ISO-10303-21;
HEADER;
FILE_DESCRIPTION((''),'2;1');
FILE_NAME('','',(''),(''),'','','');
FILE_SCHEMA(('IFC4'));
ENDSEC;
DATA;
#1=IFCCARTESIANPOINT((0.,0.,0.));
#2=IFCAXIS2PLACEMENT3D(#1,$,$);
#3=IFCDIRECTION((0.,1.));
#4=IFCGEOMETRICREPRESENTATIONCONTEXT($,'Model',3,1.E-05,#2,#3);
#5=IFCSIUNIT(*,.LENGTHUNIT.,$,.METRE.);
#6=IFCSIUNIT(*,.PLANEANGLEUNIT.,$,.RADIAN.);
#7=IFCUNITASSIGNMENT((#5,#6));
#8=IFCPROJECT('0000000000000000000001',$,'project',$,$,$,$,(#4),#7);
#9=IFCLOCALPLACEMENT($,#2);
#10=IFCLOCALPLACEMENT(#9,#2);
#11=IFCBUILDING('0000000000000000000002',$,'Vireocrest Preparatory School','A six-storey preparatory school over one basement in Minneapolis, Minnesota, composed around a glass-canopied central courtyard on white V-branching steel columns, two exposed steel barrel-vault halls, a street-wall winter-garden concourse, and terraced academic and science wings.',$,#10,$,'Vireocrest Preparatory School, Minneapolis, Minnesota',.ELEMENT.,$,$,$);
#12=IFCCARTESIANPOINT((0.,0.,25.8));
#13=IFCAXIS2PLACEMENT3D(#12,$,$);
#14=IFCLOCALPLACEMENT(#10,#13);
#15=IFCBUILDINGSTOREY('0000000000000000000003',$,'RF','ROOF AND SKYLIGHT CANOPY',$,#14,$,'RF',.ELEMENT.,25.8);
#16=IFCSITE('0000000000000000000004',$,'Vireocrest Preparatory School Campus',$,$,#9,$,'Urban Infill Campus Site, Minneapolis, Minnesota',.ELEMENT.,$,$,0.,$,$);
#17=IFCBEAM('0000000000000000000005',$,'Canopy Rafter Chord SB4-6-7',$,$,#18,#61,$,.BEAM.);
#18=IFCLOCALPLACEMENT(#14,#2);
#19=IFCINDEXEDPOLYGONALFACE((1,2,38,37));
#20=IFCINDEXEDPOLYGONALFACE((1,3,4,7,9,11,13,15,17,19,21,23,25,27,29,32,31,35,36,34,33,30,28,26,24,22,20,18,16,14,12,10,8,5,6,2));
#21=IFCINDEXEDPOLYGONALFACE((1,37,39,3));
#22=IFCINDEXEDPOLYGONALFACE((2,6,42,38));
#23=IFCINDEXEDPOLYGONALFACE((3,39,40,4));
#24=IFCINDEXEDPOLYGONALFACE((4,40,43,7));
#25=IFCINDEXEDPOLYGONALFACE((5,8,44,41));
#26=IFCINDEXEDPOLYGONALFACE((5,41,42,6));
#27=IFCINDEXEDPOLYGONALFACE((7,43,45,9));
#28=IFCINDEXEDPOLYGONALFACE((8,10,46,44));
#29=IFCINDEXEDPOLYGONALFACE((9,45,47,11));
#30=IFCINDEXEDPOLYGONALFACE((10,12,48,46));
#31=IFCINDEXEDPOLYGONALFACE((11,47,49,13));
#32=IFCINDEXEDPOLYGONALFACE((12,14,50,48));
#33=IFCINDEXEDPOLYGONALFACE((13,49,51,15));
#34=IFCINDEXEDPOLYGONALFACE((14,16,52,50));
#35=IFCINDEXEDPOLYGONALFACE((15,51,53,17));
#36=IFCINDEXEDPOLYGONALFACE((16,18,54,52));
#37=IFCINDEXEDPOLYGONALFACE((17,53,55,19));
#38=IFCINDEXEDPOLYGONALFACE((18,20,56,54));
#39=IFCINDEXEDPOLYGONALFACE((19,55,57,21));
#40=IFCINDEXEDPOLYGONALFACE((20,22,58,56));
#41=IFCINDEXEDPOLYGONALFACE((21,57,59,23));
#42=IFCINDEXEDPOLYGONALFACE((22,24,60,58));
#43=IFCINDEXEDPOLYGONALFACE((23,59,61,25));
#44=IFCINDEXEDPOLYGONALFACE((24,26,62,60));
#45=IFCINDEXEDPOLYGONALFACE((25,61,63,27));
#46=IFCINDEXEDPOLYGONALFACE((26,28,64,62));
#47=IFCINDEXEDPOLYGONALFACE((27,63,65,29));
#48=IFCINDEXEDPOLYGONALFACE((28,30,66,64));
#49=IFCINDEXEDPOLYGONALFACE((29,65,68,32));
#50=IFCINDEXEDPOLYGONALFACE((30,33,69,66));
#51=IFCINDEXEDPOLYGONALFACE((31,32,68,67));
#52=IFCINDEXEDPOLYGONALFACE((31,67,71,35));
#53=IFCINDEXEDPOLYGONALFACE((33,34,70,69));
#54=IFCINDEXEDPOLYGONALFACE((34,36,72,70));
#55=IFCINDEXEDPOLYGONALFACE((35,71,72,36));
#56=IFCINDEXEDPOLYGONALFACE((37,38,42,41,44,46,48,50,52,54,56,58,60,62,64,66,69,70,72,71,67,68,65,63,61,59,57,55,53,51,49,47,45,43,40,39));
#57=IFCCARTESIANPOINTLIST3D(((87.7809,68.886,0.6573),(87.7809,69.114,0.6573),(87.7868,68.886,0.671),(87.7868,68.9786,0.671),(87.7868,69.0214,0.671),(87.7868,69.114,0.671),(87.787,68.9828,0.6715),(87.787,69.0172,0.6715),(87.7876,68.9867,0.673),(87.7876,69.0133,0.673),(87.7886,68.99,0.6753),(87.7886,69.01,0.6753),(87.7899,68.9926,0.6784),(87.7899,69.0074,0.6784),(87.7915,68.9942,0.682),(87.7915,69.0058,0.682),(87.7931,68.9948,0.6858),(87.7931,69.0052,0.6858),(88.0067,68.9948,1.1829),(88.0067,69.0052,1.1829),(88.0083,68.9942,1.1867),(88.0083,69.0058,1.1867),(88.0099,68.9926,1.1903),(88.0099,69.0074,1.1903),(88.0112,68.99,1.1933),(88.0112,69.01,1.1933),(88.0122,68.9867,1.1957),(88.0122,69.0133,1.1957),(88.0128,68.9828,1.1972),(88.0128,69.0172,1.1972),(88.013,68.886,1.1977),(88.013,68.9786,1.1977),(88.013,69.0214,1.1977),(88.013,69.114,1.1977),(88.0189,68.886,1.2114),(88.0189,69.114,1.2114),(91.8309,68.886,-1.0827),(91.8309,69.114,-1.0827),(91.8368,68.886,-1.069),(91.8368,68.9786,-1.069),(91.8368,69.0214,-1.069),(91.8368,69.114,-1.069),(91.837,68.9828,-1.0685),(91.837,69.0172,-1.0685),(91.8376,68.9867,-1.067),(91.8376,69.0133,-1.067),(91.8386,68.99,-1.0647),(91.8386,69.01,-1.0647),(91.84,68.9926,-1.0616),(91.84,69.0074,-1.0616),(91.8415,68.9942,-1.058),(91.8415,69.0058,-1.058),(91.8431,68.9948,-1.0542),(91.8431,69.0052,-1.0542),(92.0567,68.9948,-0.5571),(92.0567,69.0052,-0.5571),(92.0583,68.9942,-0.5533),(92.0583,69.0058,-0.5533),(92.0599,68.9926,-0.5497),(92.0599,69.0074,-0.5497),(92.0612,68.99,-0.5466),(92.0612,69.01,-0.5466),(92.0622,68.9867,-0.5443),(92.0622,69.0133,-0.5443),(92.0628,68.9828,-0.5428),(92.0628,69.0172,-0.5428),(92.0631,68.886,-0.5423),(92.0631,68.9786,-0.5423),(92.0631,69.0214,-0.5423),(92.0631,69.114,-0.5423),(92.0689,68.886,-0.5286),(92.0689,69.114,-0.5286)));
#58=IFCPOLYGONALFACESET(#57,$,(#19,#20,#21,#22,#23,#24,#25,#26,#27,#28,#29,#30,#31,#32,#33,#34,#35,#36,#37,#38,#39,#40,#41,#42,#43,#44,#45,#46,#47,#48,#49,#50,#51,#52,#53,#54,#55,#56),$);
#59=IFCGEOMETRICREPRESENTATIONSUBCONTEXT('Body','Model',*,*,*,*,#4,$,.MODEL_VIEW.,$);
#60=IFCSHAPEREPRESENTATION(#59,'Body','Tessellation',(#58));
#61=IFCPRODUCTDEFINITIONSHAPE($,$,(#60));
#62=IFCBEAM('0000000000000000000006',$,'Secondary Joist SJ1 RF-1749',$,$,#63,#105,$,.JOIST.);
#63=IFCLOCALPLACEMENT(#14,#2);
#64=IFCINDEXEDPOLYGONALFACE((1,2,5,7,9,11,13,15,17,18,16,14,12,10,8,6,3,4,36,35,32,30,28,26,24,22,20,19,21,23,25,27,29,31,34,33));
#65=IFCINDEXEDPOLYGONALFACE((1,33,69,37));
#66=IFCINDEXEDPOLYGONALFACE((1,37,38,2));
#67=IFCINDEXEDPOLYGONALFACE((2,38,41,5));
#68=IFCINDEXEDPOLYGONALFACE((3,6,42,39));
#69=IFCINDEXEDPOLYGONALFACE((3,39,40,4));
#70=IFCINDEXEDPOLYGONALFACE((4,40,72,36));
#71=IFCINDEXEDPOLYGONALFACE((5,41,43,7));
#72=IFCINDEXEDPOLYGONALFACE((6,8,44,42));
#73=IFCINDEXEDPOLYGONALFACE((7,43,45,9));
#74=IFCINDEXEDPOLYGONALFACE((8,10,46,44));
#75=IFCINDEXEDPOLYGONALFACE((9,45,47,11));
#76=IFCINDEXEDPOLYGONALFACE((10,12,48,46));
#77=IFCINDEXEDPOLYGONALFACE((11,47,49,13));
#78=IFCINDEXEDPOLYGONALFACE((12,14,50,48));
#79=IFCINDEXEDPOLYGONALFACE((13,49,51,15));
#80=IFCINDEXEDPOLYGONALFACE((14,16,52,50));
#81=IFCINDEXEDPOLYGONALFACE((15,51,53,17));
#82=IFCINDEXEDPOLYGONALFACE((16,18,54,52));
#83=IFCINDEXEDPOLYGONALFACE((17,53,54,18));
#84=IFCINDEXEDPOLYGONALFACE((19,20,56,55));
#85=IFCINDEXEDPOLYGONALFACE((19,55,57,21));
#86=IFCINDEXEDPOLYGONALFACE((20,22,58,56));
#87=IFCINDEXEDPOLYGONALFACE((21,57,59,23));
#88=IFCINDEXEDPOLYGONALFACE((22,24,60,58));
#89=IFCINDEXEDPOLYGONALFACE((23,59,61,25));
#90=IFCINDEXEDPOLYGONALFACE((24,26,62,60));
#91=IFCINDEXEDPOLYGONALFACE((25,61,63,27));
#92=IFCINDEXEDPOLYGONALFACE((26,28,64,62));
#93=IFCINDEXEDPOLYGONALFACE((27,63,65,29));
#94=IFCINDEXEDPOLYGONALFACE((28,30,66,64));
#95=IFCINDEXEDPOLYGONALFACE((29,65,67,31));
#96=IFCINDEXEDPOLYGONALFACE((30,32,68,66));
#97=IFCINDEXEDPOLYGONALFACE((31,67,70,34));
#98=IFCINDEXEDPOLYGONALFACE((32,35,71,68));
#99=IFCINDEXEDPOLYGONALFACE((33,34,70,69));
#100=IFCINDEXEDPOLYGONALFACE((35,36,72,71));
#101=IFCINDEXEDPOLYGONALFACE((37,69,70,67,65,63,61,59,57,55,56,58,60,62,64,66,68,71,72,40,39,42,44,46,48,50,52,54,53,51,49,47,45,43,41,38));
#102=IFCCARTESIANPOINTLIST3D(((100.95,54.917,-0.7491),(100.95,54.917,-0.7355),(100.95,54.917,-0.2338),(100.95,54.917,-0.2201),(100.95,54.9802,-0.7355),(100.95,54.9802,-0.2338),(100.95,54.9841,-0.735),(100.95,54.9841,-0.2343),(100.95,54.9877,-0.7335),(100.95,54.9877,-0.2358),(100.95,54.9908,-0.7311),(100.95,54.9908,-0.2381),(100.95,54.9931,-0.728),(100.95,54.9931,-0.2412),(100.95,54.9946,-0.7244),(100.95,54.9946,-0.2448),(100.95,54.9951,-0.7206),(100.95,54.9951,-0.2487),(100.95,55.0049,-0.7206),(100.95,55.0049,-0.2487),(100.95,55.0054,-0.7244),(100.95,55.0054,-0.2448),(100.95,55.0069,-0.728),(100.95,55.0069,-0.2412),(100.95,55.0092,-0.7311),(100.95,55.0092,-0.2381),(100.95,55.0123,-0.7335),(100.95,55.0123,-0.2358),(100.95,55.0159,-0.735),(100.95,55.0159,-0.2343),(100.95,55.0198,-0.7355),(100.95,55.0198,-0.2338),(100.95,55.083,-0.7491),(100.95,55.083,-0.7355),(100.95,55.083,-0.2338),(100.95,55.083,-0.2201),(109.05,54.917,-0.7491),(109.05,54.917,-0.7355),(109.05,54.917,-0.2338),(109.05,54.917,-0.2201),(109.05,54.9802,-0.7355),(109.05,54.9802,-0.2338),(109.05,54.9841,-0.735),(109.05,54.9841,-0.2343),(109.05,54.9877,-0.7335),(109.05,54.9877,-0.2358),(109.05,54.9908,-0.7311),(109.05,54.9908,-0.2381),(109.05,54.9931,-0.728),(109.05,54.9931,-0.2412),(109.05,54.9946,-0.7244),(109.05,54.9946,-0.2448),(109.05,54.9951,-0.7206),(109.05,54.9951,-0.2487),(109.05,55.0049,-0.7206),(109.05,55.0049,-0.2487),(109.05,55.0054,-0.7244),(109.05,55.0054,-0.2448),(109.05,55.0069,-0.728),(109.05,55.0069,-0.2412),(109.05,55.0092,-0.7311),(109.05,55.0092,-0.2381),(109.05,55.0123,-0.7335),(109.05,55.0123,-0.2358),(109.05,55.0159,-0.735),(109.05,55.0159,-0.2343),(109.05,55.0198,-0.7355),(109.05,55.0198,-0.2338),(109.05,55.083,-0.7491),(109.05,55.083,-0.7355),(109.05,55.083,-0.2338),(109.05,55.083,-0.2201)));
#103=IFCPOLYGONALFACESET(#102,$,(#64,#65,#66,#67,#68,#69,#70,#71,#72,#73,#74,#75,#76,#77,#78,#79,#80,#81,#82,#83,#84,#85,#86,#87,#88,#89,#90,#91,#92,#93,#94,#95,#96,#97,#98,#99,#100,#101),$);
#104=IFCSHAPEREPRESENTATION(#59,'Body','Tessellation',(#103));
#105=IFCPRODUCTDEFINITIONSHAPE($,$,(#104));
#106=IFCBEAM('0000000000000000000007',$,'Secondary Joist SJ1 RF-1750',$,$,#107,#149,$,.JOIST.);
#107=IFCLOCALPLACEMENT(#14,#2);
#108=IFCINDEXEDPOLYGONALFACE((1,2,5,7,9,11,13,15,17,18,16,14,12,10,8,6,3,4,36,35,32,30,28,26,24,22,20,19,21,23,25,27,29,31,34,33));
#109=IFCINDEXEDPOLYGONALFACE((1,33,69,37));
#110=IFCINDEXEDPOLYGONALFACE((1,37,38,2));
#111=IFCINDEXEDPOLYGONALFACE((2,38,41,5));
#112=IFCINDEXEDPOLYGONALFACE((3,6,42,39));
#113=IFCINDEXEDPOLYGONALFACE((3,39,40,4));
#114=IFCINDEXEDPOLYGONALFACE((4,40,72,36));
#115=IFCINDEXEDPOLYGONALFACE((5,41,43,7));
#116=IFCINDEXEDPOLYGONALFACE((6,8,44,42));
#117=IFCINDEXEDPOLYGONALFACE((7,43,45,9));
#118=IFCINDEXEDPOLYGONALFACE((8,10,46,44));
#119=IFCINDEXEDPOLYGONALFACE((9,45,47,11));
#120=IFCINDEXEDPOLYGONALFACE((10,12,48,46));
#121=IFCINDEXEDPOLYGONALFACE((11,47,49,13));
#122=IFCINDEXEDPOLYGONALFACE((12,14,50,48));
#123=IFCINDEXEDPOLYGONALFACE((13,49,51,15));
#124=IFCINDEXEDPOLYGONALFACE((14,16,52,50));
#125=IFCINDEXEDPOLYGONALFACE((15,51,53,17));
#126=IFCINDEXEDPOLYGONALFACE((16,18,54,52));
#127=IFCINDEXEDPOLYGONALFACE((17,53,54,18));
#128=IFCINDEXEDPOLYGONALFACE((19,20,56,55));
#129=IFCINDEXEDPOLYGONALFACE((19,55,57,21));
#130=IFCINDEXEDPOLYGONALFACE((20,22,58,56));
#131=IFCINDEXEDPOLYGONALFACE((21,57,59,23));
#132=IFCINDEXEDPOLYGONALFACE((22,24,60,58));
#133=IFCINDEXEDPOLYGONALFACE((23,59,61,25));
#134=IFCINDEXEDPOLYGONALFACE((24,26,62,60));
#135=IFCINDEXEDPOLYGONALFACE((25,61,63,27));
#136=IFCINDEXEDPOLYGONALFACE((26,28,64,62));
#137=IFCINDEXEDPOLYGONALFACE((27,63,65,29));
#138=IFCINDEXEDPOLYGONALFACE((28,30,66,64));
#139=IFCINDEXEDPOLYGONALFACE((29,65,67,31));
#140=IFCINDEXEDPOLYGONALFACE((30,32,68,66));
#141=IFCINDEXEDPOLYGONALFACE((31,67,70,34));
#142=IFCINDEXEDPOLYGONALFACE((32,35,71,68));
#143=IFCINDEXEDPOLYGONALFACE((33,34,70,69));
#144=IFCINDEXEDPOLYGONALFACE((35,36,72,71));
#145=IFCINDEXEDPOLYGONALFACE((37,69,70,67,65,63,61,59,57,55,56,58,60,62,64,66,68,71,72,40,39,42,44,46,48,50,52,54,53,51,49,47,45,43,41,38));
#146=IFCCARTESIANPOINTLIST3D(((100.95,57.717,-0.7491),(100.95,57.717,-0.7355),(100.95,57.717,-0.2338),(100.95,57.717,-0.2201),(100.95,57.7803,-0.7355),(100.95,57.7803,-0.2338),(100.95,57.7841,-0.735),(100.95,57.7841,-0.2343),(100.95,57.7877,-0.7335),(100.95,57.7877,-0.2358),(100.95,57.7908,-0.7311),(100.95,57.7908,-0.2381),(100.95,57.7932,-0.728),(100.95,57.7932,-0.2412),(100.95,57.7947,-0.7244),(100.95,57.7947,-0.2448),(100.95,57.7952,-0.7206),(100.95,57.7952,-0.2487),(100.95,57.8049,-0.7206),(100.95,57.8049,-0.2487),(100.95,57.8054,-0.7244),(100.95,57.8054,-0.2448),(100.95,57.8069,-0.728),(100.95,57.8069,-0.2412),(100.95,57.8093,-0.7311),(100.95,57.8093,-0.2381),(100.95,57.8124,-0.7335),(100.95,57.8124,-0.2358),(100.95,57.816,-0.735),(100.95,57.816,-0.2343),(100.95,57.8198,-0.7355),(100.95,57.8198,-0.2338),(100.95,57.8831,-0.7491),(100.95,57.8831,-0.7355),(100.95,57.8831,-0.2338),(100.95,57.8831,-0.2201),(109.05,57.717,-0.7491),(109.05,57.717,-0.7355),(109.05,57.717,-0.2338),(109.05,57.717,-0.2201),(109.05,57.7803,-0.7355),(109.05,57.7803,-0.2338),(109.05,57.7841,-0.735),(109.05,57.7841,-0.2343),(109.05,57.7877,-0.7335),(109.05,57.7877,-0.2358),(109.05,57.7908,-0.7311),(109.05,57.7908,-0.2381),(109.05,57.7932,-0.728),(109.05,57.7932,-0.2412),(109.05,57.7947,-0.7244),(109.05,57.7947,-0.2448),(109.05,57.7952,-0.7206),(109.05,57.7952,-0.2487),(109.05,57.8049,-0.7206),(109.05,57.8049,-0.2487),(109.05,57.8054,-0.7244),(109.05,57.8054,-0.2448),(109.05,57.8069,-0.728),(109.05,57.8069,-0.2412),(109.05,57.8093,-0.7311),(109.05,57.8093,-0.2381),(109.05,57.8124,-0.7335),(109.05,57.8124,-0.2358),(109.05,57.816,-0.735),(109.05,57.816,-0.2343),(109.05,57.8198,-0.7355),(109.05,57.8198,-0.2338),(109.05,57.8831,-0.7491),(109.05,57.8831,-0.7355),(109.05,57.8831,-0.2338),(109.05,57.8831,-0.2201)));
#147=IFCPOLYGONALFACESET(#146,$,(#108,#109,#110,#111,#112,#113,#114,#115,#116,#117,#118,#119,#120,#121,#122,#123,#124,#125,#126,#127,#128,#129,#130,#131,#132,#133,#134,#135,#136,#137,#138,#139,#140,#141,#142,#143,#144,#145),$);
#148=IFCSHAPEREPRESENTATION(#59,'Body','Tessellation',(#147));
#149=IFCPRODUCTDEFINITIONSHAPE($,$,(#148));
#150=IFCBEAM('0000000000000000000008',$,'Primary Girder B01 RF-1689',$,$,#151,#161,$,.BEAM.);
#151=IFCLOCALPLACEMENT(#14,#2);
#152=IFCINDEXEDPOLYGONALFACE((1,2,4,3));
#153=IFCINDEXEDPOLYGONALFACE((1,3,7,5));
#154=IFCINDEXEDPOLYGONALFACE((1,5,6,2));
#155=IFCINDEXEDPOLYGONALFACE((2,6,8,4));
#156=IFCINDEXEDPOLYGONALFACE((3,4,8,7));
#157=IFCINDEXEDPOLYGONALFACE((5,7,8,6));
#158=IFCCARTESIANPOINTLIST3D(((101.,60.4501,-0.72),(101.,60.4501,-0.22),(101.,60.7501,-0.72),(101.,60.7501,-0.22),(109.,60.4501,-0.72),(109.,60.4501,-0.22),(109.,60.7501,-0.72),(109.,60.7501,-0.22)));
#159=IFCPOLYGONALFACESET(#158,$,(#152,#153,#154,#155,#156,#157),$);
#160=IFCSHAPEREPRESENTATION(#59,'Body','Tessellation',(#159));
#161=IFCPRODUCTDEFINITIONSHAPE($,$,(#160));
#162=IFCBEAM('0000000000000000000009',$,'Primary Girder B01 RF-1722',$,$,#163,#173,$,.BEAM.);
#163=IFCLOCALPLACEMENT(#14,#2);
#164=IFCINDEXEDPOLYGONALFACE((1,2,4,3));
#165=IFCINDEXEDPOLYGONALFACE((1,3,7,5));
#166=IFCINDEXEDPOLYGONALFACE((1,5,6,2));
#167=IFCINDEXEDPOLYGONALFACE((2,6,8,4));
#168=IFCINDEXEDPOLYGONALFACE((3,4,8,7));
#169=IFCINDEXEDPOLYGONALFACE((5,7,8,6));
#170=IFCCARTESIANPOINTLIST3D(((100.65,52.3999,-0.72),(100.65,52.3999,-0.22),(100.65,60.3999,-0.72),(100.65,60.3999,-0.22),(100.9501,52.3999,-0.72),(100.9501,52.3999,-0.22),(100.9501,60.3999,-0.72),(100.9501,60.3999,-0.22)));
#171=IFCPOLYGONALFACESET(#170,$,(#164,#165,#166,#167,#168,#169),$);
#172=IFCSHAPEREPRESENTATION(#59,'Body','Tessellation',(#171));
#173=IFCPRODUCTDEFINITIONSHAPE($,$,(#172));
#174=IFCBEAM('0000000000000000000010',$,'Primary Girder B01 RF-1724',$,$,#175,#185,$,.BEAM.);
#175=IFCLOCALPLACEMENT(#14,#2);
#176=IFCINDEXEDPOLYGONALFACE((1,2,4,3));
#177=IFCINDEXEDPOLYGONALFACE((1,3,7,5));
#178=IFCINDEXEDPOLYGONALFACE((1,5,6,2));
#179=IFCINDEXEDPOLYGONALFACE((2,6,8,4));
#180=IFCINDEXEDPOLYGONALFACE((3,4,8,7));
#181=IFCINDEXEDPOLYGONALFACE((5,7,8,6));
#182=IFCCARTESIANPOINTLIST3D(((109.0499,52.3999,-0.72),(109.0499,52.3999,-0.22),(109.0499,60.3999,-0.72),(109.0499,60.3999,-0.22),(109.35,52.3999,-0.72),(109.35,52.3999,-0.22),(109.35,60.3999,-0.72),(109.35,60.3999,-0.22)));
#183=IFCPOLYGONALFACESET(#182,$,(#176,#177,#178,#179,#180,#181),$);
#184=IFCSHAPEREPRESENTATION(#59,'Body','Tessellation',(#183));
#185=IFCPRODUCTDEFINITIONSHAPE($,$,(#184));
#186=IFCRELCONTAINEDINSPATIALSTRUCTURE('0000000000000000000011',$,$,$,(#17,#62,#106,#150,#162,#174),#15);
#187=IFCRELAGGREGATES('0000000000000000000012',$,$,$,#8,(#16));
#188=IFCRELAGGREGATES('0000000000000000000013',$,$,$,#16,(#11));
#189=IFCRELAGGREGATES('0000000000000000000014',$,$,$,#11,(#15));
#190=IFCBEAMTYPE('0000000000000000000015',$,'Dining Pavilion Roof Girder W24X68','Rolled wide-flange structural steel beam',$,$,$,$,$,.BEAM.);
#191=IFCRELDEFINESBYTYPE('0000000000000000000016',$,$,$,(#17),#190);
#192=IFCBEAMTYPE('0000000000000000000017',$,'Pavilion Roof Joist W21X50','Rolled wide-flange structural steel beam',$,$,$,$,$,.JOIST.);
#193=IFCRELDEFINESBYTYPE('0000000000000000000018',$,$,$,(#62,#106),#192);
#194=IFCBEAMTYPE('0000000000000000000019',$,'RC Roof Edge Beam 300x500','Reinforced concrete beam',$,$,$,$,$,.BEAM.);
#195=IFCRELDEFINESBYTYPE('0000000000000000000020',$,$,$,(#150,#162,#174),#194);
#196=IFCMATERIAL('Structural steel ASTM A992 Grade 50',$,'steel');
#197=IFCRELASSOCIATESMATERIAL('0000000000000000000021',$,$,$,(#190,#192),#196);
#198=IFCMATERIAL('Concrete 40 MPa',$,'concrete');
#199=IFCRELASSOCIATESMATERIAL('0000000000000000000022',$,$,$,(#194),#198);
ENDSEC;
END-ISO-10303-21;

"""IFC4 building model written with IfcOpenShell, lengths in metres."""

from ifc_helpers import new_model, si_unit, direction, frame, origin, origin_2d, place, context, subcontext, project, spatial, rectangle, i_section, extrude, material, material_profile, profile_set, type_object, element, save


model = new_model("IFC4")

# Units and contexts
model_context = context("Model", 3, precision=1e-05, world=origin(), true_north=direction((0.0, 1.0)))
body_context = subcontext(model_context, "Body", "Model", "MODEL_VIEW")
ifc_project = project(units=[si_unit("LENGTHUNIT", "METRE"), si_unit("PLANEANGLEUNIT", "RADIAN")], contexts=[model_context])

# Site, building, storey
site_placement = place(None, origin())
site = spatial("IfcSite", under=ifc_project, at=site_placement, Name="Vireocrest Preparatory School Campus", LongName="Urban Infill Campus Site, Minneapolis, Minnesota", CompositionType="ELEMENT", RefElevation=0.0)
building_placement = place(site_placement, origin())
building = spatial("IfcBuilding", under=site, at=building_placement, Name="Vireocrest Preparatory School", Description="A six-storey preparatory school over one basement in Minneapolis, Minnesota, composed around a glass-canopied central courtyard on white V-branching steel columns, two exposed steel barrel-vault halls, a street-wall winter-garden concourse, and terraced academic and science wings.", LongName="Vireocrest Preparatory School, Minneapolis, Minnesota", CompositionType="ELEMENT")
storey_placement = place(building_placement, frame((0.0, 0.0, 25.8)))
storey = spatial("IfcBuildingStorey", under=building, at=storey_placement, Name="RF", Description="ROOF AND SKYLIGHT CANOPY", LongName="RF", CompositionType="ELEMENT", Elevation=25.8)

# Beams
ifc_material_1 = material(Name="Structural steel ASTM A992 Grade 50", Category="steel")
ifc_material_profile_1 = material_profile(ifc_material_1, i_section(OverallWidth=0.228, OverallDepth=0.603, WebThickness=0.0105, FlangeThickness=0.0149, FilletRadius=0.0161, at=origin_2d()), Name="W24X68")
ifc_profile_set_1 = profile_set([ifc_material_profile_1], Name="Structural steel ASTM A992 Grade 50")
beam_type_1 = type_object("IfcBeamType", Name="Dining Pavilion Roof Girder W24X68", Description="Rolled wide-flange structural steel beam", PredefinedType="BEAM", material=ifc_profile_set_1)
for number, where, z_axis, x_axis, name in (
    (1, (87.8999, 69.0, 0.9343), (0.918795, 0.0, -0.394735), (0.0, 1.0, 0.0), "Canopy Rafter Chord SB4-6-7"),
):
    element("IfcBeam", number, at=place(storey_placement, frame(where, z_axis=z_axis, x_axis=x_axis)), inside=storey, type_object=beam_type_1, Name=name, PredefinedType="BEAM", context=body_context, shape_type="SweptSolid", body=[
        extrude(i_section(OverallWidth=0.228, OverallDepth=0.603, WebThickness=0.0105, FlangeThickness=0.0149, FilletRadius=0.0161, at=origin_2d()), origin(), (0.0, 0.0, 1.0), 4.408),
    ])
ifc_material_profile_2 = material_profile(ifc_material_1, i_section(OverallWidth=0.166, OverallDepth=0.5291, WebThickness=0.0098, FlangeThickness=0.0137, FilletRadius=0.0149, at=origin_2d()), Name="W21X50")
ifc_profile_set_2 = profile_set([ifc_material_profile_2], Name="Structural steel ASTM A992 Grade 50")
beam_type_2 = type_object("IfcBeamType", Name="Pavilion Roof Joist W21X50", Description="Rolled wide-flange structural steel beam", PredefinedType="JOIST", material=ifc_profile_set_2)
for number, where, z_axis, x_axis, name in (
    (2, (100.95, 55.0, -0.4846), (1.0, 0.0, 0.0), (0.0, 1.0, 0.0), "Secondary Joist SJ1 RF-1749"),
    (3, (100.95, 57.8, -0.4846), (1.0, 0.0, 0.0), (0.0, 1.0, 0.0), "Secondary Joist SJ1 RF-1750"),
):
    element("IfcBeam", number, at=place(storey_placement, frame(where, z_axis=z_axis, x_axis=x_axis)), inside=storey, type_object=beam_type_2, Name=name, PredefinedType="JOIST", context=body_context, shape_type="SweptSolid", body=[
        extrude(i_section(OverallWidth=0.166, OverallDepth=0.5291, WebThickness=0.0098, FlangeThickness=0.0137, FilletRadius=0.0149, at=origin_2d()), origin(), (0.0, 0.0, 1.0), 8.1001),
    ])
ifc_material_2 = material(Name="Concrete 40 MPa", Category="concrete")
ifc_material_profile_3 = material_profile(ifc_material_2, rectangle(XDim=0.3, YDim=0.5, at=origin_2d()), Name="RC 300x500")
ifc_profile_set_3 = profile_set([ifc_material_profile_3], Name="Concrete 40 MPa")
beam_type_3 = type_object("IfcBeamType", Name="RC Roof Edge Beam 300x500", Description="Reinforced concrete beam", PredefinedType="BEAM", material=ifc_profile_set_3)
for number, where, z_axis, x_axis, name in (
    (4, (101.0, 60.6001, -0.47), (1.0, 0.0, 0.0), (0.0, 1.0, 0.0), "Primary Girder B01 RF-1689"),
    (5, (100.8, 52.3999, -0.47), (0.0, 1.0, 0.0), (-1.0, 0.0, 0.0), "Primary Girder B01 RF-1722"),
    (6, (109.2, 52.3999, -0.47), (0.0, 1.0, 0.0), (-1.0, 0.0, 0.0), "Primary Girder B01 RF-1724"),
):
    element("IfcBeam", number, at=place(storey_placement, frame(where, z_axis=z_axis, x_axis=x_axis)), inside=storey, type_object=beam_type_3, Name=name, PredefinedType="BEAM", context=body_context, shape_type="SweptSolid", body=[
        extrude(rectangle(XDim=0.3, YDim=0.5, at=origin_2d()), origin(), (0.0, 0.0, 1.0), 8.0),
    ])

save(model, "model.ifc")
